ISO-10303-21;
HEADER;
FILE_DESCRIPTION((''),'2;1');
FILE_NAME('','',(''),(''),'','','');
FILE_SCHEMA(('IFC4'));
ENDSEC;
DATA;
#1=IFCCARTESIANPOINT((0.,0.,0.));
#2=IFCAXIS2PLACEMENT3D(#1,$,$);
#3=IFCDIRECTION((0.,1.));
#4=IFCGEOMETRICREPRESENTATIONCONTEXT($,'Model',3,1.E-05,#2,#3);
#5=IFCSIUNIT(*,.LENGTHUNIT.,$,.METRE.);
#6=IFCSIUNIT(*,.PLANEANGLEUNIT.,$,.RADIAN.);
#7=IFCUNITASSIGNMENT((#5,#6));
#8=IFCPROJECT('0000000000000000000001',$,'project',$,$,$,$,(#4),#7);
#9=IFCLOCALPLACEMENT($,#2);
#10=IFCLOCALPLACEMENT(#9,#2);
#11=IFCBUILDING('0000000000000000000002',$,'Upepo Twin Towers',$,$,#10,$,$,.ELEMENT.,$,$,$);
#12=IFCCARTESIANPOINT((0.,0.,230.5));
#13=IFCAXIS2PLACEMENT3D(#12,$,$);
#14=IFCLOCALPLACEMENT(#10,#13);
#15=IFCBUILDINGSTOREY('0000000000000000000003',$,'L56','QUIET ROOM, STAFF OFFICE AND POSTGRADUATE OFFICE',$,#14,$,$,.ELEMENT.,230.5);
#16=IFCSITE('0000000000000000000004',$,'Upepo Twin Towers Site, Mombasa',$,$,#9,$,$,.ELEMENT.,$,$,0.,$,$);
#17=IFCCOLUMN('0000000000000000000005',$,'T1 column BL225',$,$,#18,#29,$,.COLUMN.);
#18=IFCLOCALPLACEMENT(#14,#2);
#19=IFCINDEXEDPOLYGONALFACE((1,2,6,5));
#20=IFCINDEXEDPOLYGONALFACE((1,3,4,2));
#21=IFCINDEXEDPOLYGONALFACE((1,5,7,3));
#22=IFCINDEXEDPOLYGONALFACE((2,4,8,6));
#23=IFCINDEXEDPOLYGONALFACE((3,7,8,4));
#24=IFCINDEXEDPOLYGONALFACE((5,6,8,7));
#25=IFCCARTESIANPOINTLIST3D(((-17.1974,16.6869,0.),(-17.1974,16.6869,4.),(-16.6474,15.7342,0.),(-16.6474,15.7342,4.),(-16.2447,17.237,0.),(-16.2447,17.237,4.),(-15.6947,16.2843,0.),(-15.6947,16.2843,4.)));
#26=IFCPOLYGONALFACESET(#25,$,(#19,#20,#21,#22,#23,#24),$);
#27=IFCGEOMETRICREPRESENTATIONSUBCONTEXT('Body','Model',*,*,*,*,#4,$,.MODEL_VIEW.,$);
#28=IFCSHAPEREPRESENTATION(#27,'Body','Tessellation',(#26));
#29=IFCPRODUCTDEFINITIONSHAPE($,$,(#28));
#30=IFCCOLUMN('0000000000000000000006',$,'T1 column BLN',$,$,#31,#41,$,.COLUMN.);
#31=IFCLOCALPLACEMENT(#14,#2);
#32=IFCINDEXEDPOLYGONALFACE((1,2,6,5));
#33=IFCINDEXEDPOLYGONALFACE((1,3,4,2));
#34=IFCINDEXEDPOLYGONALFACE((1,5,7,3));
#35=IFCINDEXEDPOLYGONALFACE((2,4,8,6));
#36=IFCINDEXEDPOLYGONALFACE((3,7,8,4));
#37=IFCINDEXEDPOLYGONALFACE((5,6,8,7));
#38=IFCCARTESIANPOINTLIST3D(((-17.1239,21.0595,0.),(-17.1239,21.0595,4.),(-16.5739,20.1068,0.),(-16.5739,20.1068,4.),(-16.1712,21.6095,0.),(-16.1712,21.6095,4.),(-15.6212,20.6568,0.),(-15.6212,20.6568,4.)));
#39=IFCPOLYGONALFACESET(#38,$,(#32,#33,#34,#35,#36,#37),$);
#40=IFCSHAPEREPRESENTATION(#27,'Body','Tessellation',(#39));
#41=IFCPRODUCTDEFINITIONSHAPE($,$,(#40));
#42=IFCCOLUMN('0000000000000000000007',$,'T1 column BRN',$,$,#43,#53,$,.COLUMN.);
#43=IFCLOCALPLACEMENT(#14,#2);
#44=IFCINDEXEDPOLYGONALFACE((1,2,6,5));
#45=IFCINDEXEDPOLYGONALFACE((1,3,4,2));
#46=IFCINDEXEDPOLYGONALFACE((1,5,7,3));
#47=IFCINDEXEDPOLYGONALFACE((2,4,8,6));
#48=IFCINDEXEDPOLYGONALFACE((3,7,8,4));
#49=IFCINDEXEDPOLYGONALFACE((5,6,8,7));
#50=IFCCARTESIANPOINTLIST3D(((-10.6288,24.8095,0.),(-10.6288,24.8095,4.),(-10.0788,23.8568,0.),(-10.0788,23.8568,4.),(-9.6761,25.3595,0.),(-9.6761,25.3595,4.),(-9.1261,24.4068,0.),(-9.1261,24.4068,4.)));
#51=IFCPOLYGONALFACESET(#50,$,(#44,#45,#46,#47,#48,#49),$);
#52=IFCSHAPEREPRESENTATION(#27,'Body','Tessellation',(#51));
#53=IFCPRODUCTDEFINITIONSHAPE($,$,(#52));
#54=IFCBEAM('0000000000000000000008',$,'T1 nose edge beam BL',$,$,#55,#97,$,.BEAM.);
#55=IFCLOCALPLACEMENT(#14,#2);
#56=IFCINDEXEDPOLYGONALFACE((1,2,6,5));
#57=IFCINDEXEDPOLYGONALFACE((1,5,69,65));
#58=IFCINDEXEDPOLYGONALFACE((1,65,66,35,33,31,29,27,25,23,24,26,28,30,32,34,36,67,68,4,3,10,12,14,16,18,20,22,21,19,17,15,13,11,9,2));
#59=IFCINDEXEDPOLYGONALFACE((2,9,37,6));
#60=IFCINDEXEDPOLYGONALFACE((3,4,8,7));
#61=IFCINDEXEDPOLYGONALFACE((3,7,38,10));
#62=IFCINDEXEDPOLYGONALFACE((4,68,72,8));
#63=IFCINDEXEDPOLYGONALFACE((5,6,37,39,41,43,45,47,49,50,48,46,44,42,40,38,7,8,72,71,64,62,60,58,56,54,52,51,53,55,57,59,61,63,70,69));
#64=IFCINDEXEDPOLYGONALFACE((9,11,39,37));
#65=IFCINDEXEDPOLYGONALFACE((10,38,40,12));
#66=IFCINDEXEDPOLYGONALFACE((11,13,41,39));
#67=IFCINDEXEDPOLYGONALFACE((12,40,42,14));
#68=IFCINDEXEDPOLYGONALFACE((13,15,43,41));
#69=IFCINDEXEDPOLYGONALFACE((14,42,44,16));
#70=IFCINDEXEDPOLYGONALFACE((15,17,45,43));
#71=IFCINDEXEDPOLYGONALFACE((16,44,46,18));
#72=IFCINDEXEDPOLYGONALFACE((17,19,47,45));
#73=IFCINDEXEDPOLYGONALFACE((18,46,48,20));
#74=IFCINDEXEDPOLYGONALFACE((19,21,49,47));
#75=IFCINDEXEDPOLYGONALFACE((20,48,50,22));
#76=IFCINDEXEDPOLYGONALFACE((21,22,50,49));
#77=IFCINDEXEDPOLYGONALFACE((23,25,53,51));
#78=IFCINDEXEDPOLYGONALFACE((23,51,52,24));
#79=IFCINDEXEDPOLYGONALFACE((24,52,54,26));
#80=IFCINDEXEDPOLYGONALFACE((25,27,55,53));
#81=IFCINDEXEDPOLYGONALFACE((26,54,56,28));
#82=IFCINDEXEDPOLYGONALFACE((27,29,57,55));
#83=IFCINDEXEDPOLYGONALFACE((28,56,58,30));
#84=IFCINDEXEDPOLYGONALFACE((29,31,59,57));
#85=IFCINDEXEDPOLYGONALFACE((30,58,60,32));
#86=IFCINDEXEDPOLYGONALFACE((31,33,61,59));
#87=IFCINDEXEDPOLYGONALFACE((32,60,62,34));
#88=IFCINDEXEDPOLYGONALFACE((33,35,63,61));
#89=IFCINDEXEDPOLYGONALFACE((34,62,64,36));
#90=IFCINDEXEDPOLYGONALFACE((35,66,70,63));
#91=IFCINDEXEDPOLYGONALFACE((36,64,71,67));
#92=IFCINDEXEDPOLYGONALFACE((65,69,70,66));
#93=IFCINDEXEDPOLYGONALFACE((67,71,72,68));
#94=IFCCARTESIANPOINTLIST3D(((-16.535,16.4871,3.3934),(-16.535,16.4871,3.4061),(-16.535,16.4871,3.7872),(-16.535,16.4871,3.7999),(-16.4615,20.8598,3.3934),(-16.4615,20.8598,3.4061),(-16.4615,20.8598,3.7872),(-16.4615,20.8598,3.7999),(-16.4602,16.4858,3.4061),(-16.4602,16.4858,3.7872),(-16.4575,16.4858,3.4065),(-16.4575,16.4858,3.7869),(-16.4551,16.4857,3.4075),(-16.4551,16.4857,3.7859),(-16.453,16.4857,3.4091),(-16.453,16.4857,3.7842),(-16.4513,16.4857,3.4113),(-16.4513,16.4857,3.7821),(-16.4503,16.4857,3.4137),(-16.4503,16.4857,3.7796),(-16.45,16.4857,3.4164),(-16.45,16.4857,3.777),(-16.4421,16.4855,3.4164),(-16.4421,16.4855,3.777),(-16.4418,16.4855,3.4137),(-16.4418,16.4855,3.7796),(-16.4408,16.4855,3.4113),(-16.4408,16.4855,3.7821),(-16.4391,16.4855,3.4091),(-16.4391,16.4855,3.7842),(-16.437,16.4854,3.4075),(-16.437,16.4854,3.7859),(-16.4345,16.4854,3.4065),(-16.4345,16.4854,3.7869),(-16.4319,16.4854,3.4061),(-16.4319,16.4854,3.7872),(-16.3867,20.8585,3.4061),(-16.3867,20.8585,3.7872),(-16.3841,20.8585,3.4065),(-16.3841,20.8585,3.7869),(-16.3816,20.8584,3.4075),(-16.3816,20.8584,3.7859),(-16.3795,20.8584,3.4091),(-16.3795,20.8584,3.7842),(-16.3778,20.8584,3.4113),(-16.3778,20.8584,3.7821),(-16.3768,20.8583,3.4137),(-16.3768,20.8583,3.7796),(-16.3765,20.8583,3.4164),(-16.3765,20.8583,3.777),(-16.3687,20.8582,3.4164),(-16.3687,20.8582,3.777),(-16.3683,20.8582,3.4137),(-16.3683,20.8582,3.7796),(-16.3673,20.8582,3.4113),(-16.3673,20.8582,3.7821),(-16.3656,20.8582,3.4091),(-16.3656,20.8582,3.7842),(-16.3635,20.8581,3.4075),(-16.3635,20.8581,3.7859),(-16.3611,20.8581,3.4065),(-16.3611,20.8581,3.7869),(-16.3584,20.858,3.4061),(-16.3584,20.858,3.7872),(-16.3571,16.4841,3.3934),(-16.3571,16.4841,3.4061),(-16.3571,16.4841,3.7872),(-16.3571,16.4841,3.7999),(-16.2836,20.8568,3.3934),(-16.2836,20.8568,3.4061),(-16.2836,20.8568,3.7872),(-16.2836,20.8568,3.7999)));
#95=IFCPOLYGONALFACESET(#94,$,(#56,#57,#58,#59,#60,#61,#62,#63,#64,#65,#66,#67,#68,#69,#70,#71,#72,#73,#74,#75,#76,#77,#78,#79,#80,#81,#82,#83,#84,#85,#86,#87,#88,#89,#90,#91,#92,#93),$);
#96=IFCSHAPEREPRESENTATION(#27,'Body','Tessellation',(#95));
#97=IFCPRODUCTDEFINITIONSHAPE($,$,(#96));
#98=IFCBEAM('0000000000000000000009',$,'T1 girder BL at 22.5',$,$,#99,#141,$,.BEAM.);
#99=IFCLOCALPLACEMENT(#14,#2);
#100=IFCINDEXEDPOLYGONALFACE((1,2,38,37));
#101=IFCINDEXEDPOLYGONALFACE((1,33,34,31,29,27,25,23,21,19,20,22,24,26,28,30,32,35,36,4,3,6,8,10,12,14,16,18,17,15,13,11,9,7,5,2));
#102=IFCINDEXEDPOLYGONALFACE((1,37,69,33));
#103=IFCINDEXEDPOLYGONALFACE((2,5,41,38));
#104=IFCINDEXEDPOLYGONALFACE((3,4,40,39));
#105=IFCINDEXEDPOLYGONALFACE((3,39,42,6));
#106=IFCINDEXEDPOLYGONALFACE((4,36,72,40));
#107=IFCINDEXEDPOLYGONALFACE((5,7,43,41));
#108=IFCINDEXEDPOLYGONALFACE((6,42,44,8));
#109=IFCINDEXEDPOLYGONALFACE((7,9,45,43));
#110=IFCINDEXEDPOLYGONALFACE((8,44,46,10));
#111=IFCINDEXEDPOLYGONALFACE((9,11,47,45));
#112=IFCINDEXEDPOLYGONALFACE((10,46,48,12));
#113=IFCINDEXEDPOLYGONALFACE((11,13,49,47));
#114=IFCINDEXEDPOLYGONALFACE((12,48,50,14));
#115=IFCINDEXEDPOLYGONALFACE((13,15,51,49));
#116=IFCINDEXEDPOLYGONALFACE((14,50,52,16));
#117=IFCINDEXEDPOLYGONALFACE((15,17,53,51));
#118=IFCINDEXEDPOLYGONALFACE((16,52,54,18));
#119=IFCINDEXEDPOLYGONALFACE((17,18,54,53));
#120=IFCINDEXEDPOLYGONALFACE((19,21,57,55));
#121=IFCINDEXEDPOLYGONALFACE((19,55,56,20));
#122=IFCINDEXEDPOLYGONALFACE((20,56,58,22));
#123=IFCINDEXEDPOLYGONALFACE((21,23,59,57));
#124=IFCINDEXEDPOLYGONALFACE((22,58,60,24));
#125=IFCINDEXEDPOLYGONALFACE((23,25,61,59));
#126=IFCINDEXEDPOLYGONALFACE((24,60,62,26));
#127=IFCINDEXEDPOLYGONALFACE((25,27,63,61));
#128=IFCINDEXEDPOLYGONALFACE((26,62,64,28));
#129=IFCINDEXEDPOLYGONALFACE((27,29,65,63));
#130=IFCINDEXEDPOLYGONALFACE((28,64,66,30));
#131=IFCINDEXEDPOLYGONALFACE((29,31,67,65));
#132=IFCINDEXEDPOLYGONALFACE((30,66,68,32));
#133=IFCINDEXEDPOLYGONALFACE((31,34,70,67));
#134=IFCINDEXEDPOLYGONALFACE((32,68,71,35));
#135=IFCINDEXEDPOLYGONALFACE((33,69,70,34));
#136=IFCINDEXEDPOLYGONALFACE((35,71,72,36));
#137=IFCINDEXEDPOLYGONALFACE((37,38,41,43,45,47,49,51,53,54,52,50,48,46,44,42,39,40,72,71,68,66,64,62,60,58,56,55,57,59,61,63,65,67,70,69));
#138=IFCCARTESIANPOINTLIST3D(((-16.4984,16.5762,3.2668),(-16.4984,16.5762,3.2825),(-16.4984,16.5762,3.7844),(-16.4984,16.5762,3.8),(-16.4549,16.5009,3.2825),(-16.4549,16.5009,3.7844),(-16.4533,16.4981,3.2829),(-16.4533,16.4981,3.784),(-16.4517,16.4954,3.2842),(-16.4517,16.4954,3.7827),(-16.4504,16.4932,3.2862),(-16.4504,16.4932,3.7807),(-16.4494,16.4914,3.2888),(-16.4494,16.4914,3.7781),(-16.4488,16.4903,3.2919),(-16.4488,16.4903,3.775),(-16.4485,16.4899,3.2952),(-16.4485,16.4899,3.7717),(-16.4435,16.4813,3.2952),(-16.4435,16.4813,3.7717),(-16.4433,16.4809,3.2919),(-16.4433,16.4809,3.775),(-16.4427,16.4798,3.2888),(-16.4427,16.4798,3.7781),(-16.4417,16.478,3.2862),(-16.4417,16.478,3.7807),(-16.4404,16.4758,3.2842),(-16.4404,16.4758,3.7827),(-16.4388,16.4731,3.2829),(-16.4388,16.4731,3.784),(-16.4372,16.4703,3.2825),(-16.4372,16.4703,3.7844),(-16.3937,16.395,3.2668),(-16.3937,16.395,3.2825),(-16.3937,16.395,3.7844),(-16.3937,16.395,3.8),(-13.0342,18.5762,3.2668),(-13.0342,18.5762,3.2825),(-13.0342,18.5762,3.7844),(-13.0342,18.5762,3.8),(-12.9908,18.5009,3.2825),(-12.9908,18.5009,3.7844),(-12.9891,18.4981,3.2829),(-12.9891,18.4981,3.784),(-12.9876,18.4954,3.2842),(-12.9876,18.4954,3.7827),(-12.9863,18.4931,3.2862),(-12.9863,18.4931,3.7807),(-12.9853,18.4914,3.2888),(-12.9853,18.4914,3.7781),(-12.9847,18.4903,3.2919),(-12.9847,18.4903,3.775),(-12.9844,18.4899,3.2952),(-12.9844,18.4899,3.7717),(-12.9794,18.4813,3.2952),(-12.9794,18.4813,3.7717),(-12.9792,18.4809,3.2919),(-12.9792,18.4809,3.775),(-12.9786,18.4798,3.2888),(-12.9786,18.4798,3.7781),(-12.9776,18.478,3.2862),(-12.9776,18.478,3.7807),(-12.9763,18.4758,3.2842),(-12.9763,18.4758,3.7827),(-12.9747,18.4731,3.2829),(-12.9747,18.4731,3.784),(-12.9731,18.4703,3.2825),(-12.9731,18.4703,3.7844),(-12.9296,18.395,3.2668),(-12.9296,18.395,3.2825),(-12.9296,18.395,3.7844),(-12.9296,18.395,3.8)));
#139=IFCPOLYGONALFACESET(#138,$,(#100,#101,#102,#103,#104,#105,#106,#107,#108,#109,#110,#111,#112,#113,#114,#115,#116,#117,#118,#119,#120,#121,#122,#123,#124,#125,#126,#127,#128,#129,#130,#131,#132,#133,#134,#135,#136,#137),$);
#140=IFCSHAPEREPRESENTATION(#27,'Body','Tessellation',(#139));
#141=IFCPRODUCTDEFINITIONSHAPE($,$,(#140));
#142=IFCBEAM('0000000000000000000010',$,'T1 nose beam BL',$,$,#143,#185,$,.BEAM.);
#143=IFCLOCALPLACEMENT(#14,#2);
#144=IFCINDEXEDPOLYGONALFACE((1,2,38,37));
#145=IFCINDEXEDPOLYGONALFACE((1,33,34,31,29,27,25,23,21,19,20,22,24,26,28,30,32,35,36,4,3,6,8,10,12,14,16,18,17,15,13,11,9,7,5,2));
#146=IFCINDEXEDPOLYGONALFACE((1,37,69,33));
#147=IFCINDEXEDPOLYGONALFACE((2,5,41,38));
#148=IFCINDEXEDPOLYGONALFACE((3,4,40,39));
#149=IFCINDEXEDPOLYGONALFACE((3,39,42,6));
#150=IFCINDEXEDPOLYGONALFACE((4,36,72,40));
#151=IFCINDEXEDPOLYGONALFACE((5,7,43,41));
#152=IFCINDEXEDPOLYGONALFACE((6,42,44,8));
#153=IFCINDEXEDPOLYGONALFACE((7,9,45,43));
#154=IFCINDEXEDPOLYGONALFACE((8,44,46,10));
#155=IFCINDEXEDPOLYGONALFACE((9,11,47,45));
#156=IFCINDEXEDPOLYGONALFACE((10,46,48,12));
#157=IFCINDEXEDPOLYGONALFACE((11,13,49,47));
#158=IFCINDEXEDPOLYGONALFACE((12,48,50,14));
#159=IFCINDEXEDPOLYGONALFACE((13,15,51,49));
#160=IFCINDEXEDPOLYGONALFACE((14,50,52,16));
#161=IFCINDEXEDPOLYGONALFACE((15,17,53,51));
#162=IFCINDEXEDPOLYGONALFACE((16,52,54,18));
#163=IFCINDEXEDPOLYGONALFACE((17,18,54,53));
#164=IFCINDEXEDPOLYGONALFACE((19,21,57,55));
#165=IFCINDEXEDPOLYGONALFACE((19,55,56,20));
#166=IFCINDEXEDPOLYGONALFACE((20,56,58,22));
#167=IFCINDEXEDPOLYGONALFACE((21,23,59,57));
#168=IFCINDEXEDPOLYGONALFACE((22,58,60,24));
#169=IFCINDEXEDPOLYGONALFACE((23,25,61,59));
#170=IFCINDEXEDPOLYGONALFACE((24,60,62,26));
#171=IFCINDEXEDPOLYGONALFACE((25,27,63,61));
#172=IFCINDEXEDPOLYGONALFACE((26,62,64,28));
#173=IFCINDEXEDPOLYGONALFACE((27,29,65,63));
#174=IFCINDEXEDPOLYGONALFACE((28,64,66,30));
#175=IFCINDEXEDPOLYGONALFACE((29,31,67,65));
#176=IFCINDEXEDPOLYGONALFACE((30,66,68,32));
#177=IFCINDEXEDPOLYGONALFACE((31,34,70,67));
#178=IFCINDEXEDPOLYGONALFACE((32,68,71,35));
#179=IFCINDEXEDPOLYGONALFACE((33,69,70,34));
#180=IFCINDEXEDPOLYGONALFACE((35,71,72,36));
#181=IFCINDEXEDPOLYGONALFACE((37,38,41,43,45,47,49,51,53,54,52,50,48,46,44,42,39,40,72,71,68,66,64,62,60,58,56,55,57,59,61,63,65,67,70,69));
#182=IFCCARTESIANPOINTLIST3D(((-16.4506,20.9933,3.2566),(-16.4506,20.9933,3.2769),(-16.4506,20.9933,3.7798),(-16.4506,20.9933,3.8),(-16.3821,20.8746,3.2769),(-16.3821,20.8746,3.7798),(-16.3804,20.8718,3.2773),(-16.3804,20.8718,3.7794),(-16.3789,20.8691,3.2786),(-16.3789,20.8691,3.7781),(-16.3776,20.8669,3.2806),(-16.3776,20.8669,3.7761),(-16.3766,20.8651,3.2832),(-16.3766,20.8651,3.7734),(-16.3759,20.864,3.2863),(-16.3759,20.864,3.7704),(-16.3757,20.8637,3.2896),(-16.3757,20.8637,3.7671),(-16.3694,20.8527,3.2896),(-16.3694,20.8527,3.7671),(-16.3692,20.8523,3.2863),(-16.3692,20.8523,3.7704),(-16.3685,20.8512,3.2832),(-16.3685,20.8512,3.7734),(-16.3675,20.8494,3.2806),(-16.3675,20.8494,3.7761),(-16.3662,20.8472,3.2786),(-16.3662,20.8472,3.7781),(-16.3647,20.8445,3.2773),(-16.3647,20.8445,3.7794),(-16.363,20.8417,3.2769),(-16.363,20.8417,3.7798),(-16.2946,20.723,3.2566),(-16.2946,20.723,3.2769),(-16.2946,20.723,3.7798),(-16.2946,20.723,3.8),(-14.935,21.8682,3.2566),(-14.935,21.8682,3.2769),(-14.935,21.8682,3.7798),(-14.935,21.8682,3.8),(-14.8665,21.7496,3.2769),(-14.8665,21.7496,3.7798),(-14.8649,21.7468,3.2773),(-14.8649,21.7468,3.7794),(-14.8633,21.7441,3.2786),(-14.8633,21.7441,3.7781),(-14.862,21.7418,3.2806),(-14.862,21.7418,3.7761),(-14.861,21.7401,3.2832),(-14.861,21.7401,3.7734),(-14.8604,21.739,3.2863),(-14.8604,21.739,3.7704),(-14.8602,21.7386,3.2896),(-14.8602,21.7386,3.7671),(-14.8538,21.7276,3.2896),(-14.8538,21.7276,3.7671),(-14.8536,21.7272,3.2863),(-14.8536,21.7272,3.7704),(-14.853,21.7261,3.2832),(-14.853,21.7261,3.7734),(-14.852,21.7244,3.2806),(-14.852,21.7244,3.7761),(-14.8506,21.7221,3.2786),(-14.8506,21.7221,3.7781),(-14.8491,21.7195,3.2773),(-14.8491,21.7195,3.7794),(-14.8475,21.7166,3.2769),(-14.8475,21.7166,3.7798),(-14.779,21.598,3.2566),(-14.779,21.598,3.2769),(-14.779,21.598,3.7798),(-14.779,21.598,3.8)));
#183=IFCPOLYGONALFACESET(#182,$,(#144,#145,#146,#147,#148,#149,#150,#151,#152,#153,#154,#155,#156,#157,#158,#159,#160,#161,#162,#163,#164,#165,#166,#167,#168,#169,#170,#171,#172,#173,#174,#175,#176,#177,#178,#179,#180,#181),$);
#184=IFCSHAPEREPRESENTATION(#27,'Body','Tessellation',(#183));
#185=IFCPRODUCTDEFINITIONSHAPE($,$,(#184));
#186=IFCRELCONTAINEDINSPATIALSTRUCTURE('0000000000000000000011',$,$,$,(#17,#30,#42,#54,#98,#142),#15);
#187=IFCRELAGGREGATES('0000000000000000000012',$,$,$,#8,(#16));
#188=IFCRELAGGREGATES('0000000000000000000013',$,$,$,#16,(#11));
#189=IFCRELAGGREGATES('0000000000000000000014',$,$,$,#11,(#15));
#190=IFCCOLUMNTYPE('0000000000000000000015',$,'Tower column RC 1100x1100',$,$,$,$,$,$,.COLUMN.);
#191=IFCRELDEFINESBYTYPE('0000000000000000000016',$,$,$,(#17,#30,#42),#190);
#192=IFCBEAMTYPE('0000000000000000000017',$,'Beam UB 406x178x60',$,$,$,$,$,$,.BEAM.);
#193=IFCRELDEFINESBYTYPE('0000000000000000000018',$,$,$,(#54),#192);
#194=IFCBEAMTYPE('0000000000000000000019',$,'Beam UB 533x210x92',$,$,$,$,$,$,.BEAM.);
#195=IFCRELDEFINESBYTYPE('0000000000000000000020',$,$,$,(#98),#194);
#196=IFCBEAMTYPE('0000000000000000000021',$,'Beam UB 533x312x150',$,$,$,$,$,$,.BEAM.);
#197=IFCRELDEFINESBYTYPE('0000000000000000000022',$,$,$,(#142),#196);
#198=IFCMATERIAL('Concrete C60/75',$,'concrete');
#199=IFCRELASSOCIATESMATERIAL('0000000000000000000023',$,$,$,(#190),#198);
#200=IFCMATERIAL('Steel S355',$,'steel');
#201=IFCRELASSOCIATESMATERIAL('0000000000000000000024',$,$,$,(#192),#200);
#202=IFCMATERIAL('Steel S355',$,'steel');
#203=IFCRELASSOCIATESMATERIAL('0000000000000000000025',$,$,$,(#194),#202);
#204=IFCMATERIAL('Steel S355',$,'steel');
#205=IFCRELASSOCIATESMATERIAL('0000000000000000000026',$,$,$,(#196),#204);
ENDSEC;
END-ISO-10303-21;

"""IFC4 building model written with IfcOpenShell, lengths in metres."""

from ifc_helpers import new_model, si_unit, direction, frame, origin, origin_2d, place, context, subcontext, project, spatial, rectangle, i_section, extrude, material, material_profile, profile_set, type_object, element, save


model = new_model("IFC4")

# Units and contexts
model_context = context("Model", 3, precision=1e-05, world=origin(), true_north=direction((0.0, 1.0)))
body_context = subcontext(model_context, "Body", "Model", "MODEL_VIEW")
ifc_project = project(units=[si_unit("LENGTHUNIT", "METRE"), si_unit("PLANEANGLEUNIT", "RADIAN")], contexts=[model_context])

# Site, building, storey
site_placement = place(None, origin())
site = spatial("IfcSite", under=ifc_project, at=site_placement, Name="Upepo Twin Towers Site, Mombasa", CompositionType="ELEMENT", RefElevation=0.0)
building_placement = place(site_placement, origin())
building = spatial("IfcBuilding", under=site, at=building_placement, Name="Upepo Twin Towers", CompositionType="ELEMENT")
storey_placement = place(building_placement, frame((0.0, 0.0, 230.5)))
storey = spatial("IfcBuildingStorey", under=building, at=storey_placement, Name="L56", Description="QUIET ROOM, STAFF OFFICE AND POSTGRADUATE OFFICE", CompositionType="ELEMENT", Elevation=230.5)

# Columns
ifc_material_1 = material(Name="Concrete C60/75", Category="concrete")
ifc_material_profile_1 = material_profile(ifc_material_1, rectangle(XDim=1.1001, YDim=1.1001, at=origin_2d()), Name="RC 1100x1100")
ifc_profile_set_1 = profile_set([ifc_material_profile_1], Name="Concrete C60/75")
column_type = type_object("IfcColumnType", Name="Tower column RC 1100x1100", PredefinedType="COLUMN", material=ifc_profile_set_1)
for number, where, z_axis, x_axis, name in (
    (1, (-16.446, 16.4856, 0.0), (0.0, 0.0, 1.0), (0.866025, 0.5, 0.0), "T1 column BL225"),
    (2, (-16.3726, 20.8582, 0.0), (0.0, 0.0, 1.0), (0.866025, 0.5, 0.0), "T1 column BLN"),
    (3, (-9.8774, 24.6082, 0.0), (0.0, 0.0, 1.0), (0.866025, 0.5, 0.0), "T1 column BRN"),
):
    element("IfcColumn", number, at=place(storey_placement, frame(where, z_axis=z_axis, x_axis=x_axis)), inside=storey, type_object=column_type, Name=name, PredefinedType="COLUMN", context=body_context, shape_type="SweptSolid", body=[
        extrude(rectangle(XDim=1.1001, YDim=1.1001, at=origin_2d()), origin(), (0.0, 0.0, 1.0), 4.0),
    ])

# Beams
ifc_material_2 = material(Name="Steel S355", Category="steel")
ifc_material_profile_2 = material_profile(ifc_material_2, i_section(OverallWidth=0.178, OverallDepth=0.4065, WebThickness=0.0078, FlangeThickness=0.0127, FilletRadius=0.0103, at=origin_2d()), Name="UB 406x178x60")
ifc_profile_set_2 = profile_set([ifc_material_profile_2], Name="Steel S355")
beam_type_1 = type_object("IfcBeamType", Name="Beam UB 406x178x60", PredefinedType="BEAM", material=ifc_profile_set_2)
beam_1_placement = place(storey_placement, frame((-16.446, 16.4856, 3.5967), z_axis=(0.016804, 0.999859, 0.0), x_axis=(-0.999859, 0.016804, 0.0)))
element("IfcBeam", 4, at=beam_1_placement, inside=storey, type_object=beam_type_1, Name="T1 nose edge beam BL", PredefinedType="BEAM", context=body_context, shape_type="SweptSolid", body=[
    extrude(i_section(OverallWidth=0.178, OverallDepth=0.4065, WebThickness=0.0078, FlangeThickness=0.0127, FilletRadius=0.0103, at=origin_2d()), origin(), (0.0, 0.0, 1.0), 4.3733),
])
ifc_material_3 = material(Name="Steel S355", Category="steel")
ifc_material_profile_3 = material_profile(ifc_material_3, i_section(OverallWidth=0.2092, OverallDepth=0.5332, WebThickness=0.01, FlangeThickness=0.0156, FilletRadius=0.0127, at=origin_2d()), Name="UB 533x210x92")
ifc_profile_set_3 = profile_set([ifc_material_profile_3], Name="Steel S355")
beam_type_2 = type_object("IfcBeamType", Name="Beam UB 533x210x92", PredefinedType="BEAM", material=ifc_profile_set_3)
beam_2_placement = place(storey_placement, frame((-16.446, 16.4856, 3.5334), z_axis=(0.866026, 0.499999, 0.0), x_axis=(-0.499999, 0.866026, 0.0)))
element("IfcBeam", 5, at=beam_2_placement, inside=storey, type_object=beam_type_2, Name="T1 girder BL at 22.5", PredefinedType="BEAM", context=body_context, shape_type="SweptSolid", body=[
    extrude(i_section(OverallWidth=0.2092, OverallDepth=0.5332, WebThickness=0.01, FlangeThickness=0.0156, FilletRadius=0.0127, at=origin_2d()), origin(), (0.0, 0.0, 1.0), 4.0),
])
ifc_material_4 = material(Name="Steel S355", Category="steel")
ifc_material_profile_4 = material_profile(ifc_material_4, i_section(OverallWidth=0.312, OverallDepth=0.5435, WebThickness=0.0127, FlangeThickness=0.0203, FilletRadius=0.0127, at=origin_2d()), Name="UB 533x312x150")
ifc_profile_set_4 = profile_set([ifc_material_profile_4], Name="Steel S355")
beam_type_3 = type_object("IfcBeamType", Name="Beam UB 533x312x150", PredefinedType="BEAM", material=ifc_profile_set_4)
for number, where, z_axis, x_axis, name in (
    (6, (-16.3726, 20.8582, 3.5283), (0.866037, 0.49998, 0.0), (-0.49998, 0.866037, 0.0), "T1 nose beam BL"),
):
    element("IfcBeam", number, at=place(storey_placement, frame(where, z_axis=z_axis, x_axis=x_axis)), inside=storey, type_object=beam_type_3, Name=name, PredefinedType="BEAM", context=body_context, shape_type="SweptSolid", body=[
        extrude(i_section(OverallWidth=0.312, OverallDepth=0.5435, WebThickness=0.0127, FlangeThickness=0.0203, FilletRadius=0.0127, at=origin_2d()), origin(), (0.0, 0.0, 1.0), 1.75),
    ])

save(model, "model.ifc")
